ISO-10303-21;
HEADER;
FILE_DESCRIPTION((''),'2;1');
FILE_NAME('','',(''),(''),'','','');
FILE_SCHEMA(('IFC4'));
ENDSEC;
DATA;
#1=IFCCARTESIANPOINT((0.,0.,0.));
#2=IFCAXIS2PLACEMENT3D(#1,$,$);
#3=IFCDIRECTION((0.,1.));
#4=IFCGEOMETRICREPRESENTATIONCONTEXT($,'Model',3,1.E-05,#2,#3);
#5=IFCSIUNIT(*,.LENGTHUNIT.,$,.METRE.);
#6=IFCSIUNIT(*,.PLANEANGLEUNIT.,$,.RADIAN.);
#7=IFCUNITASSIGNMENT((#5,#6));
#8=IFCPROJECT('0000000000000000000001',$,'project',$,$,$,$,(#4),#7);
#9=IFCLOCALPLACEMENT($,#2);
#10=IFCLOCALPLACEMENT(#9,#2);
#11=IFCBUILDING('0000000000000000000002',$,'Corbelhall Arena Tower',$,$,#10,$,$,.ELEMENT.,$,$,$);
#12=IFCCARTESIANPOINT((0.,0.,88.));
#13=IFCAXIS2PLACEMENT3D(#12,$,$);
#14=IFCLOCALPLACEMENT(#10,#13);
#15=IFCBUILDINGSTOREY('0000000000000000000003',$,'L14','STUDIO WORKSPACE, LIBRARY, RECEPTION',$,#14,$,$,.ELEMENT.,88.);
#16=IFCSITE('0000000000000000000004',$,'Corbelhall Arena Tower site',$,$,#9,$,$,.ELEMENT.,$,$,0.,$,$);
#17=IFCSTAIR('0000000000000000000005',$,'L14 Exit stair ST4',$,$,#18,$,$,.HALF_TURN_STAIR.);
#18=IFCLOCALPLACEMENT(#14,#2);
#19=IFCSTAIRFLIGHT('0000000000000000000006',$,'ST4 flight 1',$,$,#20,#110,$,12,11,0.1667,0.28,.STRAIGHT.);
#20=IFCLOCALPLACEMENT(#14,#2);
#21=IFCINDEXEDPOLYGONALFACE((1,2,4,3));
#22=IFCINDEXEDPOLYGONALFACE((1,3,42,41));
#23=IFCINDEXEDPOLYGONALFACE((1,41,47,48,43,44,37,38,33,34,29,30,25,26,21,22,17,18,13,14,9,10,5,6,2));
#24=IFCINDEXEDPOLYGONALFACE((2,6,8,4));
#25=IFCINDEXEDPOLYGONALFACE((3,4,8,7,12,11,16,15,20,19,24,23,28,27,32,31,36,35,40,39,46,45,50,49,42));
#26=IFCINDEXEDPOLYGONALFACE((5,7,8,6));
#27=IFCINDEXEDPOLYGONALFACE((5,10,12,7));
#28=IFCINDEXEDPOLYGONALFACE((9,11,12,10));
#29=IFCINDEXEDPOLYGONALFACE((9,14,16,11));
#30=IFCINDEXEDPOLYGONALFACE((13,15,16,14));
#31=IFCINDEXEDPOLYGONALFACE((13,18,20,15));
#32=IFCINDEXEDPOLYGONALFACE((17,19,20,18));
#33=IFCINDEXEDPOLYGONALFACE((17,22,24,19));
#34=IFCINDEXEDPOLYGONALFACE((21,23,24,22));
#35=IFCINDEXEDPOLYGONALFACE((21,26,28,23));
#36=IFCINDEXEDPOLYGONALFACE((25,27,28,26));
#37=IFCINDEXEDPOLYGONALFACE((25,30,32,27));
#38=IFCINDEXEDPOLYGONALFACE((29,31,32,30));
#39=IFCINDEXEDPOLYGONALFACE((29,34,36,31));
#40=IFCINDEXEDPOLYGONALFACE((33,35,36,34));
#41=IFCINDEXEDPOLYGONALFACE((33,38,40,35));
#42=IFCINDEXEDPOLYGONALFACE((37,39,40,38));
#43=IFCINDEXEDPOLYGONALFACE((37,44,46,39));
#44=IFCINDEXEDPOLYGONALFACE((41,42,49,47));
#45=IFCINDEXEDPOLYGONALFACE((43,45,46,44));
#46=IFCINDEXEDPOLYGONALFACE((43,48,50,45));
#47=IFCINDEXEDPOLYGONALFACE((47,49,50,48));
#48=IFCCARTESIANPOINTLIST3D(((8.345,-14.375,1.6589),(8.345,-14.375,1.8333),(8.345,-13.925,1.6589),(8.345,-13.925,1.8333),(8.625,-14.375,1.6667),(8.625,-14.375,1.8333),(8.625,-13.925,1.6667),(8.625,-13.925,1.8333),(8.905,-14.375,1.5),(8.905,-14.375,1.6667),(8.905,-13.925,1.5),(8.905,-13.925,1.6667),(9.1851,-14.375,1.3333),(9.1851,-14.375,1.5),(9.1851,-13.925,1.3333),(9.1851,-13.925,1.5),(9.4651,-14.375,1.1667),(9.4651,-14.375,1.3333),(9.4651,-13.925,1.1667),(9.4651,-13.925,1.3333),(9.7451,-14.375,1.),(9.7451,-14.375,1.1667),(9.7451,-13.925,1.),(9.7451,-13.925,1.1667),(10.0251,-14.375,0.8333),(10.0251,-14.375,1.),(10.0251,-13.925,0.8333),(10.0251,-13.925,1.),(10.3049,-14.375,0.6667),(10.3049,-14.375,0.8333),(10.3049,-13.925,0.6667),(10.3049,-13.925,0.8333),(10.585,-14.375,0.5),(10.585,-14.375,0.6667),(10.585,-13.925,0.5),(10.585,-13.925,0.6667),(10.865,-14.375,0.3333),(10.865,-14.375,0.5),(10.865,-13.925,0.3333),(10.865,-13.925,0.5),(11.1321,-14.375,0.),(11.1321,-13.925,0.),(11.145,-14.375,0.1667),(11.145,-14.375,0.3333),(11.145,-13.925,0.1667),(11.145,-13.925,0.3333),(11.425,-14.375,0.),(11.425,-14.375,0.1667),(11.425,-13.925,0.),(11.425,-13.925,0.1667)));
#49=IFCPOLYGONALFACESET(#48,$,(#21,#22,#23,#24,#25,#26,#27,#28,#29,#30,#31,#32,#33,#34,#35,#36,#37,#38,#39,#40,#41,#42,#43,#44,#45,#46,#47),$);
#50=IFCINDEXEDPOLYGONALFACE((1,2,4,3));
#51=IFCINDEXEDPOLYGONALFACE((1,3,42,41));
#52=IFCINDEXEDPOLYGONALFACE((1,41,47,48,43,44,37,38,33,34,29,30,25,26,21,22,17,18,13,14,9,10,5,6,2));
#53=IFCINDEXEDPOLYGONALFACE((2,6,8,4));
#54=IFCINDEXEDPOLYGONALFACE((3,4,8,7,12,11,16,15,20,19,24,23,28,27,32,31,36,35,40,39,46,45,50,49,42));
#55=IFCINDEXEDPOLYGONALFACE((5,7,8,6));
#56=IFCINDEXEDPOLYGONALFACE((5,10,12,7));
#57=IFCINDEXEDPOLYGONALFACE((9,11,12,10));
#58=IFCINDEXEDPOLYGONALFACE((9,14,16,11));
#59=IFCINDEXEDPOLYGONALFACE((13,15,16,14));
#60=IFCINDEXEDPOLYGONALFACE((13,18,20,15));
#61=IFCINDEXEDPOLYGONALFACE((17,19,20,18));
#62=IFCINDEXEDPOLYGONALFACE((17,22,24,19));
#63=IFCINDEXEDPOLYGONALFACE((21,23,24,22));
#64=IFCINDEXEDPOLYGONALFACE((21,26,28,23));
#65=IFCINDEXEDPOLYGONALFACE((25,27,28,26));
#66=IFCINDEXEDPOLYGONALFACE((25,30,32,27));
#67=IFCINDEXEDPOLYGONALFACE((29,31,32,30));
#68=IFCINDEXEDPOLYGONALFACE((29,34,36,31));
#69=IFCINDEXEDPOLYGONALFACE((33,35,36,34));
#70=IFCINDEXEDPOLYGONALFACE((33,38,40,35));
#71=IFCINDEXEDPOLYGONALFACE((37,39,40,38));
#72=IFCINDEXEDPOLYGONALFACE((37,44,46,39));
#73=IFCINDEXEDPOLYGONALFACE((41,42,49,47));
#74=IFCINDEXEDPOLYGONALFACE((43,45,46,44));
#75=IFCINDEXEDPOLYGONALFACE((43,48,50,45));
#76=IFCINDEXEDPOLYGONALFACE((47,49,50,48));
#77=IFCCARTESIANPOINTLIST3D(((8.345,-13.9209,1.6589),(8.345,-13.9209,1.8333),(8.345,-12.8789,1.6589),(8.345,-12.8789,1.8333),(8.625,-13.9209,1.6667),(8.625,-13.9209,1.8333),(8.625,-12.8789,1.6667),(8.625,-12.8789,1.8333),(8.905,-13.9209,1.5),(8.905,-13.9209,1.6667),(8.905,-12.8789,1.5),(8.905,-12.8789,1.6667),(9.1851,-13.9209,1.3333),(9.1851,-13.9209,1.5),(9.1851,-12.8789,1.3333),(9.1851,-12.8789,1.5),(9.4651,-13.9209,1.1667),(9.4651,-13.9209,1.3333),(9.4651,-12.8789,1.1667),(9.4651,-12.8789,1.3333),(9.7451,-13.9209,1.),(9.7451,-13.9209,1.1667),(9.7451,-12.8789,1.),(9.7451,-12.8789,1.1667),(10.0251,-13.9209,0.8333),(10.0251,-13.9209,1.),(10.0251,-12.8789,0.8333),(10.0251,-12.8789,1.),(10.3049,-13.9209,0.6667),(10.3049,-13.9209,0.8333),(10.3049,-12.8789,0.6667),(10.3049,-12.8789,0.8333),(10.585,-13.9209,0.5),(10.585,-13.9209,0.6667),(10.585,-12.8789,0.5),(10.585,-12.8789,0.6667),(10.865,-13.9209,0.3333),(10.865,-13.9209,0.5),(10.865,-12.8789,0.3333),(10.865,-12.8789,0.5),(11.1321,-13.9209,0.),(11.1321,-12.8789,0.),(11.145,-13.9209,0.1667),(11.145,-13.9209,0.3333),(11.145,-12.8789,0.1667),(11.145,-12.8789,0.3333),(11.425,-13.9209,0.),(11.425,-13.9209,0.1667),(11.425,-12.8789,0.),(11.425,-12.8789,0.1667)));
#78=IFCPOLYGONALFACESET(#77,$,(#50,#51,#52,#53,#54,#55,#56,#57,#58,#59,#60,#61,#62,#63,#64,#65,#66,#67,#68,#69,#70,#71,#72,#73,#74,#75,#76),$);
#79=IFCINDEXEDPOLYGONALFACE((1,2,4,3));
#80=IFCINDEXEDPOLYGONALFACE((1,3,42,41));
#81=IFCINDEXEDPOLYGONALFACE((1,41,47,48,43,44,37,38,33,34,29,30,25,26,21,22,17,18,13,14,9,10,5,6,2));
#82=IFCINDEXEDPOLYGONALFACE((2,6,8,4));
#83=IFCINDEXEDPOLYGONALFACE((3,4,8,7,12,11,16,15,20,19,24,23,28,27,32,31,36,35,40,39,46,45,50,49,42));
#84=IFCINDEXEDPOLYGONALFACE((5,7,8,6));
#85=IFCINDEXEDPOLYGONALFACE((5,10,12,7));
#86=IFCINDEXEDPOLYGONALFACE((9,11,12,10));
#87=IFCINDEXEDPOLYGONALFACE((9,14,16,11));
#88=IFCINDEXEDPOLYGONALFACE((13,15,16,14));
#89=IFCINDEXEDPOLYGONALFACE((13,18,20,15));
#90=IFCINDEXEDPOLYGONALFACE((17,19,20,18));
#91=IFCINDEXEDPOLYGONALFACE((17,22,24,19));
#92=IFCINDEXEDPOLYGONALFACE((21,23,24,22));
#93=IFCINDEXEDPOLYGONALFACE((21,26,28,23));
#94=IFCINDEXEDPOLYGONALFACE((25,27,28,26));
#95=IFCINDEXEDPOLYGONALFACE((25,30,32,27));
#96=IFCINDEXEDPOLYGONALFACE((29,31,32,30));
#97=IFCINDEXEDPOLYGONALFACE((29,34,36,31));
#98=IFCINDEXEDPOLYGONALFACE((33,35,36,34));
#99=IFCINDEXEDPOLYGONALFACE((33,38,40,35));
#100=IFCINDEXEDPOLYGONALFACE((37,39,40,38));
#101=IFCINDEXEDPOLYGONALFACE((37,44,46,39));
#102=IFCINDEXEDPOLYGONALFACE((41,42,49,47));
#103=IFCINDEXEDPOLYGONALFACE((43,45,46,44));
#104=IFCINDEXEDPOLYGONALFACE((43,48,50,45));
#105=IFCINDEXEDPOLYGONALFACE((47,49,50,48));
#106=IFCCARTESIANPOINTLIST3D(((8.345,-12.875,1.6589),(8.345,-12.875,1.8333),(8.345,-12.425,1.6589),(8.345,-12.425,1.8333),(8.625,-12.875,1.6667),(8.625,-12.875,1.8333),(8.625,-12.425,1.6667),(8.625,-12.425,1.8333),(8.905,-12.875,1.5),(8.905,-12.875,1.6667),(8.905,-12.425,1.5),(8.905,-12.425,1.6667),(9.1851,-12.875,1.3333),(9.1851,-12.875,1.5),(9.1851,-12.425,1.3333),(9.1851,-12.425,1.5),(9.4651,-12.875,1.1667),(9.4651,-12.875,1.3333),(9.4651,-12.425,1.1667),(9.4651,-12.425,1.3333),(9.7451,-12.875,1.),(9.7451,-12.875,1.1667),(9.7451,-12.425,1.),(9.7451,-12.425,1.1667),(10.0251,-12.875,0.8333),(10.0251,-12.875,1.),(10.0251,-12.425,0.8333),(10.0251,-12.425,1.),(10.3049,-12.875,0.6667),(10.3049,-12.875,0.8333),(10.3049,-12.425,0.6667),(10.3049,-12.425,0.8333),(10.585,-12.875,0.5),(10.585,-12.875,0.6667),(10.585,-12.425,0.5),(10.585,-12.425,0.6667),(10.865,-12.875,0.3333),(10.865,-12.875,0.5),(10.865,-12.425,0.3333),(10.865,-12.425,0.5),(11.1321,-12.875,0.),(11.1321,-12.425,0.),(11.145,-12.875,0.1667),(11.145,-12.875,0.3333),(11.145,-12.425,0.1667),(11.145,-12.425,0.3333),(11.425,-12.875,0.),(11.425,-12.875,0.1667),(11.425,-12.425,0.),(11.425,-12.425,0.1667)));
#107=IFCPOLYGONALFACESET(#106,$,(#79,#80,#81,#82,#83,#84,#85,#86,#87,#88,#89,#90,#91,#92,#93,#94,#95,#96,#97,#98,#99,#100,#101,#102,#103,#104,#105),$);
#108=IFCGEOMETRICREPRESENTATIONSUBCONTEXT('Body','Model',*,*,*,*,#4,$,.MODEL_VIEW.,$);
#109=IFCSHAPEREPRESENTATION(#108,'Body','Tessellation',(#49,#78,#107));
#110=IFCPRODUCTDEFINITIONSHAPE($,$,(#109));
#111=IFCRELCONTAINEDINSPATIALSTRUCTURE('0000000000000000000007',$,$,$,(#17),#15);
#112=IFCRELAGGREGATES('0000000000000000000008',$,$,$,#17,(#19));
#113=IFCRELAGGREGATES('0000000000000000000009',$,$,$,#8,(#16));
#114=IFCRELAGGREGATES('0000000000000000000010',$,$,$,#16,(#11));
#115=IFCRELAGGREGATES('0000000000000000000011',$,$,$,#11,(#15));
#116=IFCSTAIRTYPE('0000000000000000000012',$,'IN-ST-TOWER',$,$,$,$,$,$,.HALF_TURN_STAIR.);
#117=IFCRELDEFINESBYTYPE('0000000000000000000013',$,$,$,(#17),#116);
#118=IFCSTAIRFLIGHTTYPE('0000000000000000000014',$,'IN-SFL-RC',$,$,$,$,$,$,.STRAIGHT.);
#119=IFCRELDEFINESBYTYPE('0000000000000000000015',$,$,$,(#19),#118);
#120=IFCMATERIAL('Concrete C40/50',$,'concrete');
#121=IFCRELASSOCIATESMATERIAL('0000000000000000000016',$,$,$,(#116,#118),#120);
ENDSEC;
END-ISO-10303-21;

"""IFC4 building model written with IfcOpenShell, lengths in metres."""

from ifc_helpers import new_model, si_unit, direction, frame, origin, place, context, subcontext, project, spatial, polyline, outline, extrude, material, type_object, element, aggregate, save


model = new_model("IFC4")

# Units and contexts
model_context = context("Model", 3, precision=1e-05, world=origin(), true_north=direction((0.0, 1.0)))
body_context = subcontext(model_context, "Body", "Model", "MODEL_VIEW")
ifc_project = project(units=[si_unit("LENGTHUNIT", "METRE"), si_unit("PLANEANGLEUNIT", "RADIAN")], contexts=[model_context])

# Site, building, storey
site_placement = place(None, origin())
site = spatial("IfcSite", under=ifc_project, at=site_placement, Name="Corbelhall Arena Tower site", CompositionType="ELEMENT", RefElevation=0.0)
building_placement = place(site_placement, origin())
building = spatial("IfcBuilding", under=site, at=building_placement, Name="Corbelhall Arena Tower", CompositionType="ELEMENT")
storey_placement = place(building_placement, frame((0.0, 0.0, 88.0)))
storey = spatial("IfcBuildingStorey", under=building, at=storey_placement, Name="L14", Description="STUDIO WORKSPACE, LIBRARY, RECEPTION", CompositionType="ELEMENT", Elevation=88.0)

# Shared definitions
ifc_material_1 = material(Name="Concrete C40/50", Category="concrete")

# Stair, stair flight
stair_type = type_object("IfcStairType", Name="IN-ST-TOWER", PredefinedType="HALF_TURN_STAIR", material=ifc_material_1)
stair_placement = place(storey_placement, origin())
stair = element("IfcStair", 1, at=stair_placement, inside=storey, type_object=stair_type, Name="L14 Exit stair ST4", PredefinedType="HALF_TURN_STAIR")
stair_flight_type = type_object("IfcStairFlightType", Name="IN-SFL-RC", PredefinedType="STRAIGHT", material=ifc_material_1)
stair_flight_placement = place(storey_placement, frame((11.425, -13.3999, 0.0), z_axis=(0.0, 0.0, 1.0), x_axis=(-1.0, 0.0, 0.0)))
stair_flight = element("IfcStairFlight", 2, at=stair_flight_placement, type_object=stair_flight_type, Name="ST4 flight 1", NumberOfRisers=12, NumberOfTreads=11, PredefinedType="STRAIGHT", RiserHeight=0.1667, TreadLength=0.28, context=body_context, shape_type="SweptSolid", body=[
    extrude(outline(polyline([(0.0, 0.0), (0.0, 0.1667), (0.28, 0.1667), (0.28, 0.3333), (0.5601, 0.3333), (0.5601, 0.5), (0.8401, 0.5), (0.8401, 0.6667), (1.1201, 0.6667), (1.1201, 0.8333), (1.3999, 0.8333), (1.3999, 1.0), (1.6799, 1.0), (1.6799, 1.1667), (1.96, 1.1667), (1.96, 1.3333), (2.24, 1.3333), (2.24, 1.5), (2.52, 1.5), (2.52, 1.6667), (2.8, 1.6667), (2.8, 1.8333), (3.0801, 1.8333), (3.0801, 2.0), (3.0801, 1.6589), (0.293, 0.0), (0.0, 0.0)])), frame((0.0, 0.9751, 0.0), z_axis=(0.0, -1.0, 0.0), x_axis=(1.0, 0.0, 0.0)), (0.0, 0.0, 1.0), 0.45),
    extrude(outline(polyline([(0.0, 0.0), (0.0, 0.1667), (0.28, 0.1667), (0.28, 0.3333), (0.5601, 0.3333), (0.5601, 0.5), (0.8401, 0.5), (0.8401, 0.6667), (1.1201, 0.6667), (1.1201, 0.8333), (1.3999, 0.8333), (1.3999, 1.0), (1.6799, 1.0), (1.6799, 1.1667), (1.96, 1.1667), (1.96, 1.3333), (2.24, 1.3333), (2.24, 1.5), (2.52, 1.5), (2.52, 1.6667), (2.8, 1.6667), (2.8, 1.8333), (3.0801, 1.8333), (3.0801, 2.0), (3.0801, 1.6589), (0.293, 0.0), (0.0, 0.0)])), frame((0.0, 0.521, 0.0), z_axis=(0.0, -1.0, 0.0), x_axis=(1.0, 0.0, 0.0)), (0.0, 0.0, 1.0), 1.042),
    extrude(outline(polyline([(0.0, 0.0), (0.0, 0.1667), (0.28, 0.1667), (0.28, 0.3333), (0.5601, 0.3333), (0.5601, 0.5), (0.8401, 0.5), (0.8401, 0.6667), (1.1201, 0.6667), (1.1201, 0.8333), (1.3999, 0.8333), (1.3999, 1.0), (1.6799, 1.0), (1.6799, 1.1667), (1.96, 1.1667), (1.96, 1.3333), (2.24, 1.3333), (2.24, 1.5), (2.52, 1.5), (2.52, 1.6667), (2.8, 1.6667), (2.8, 1.8333), (3.0801, 1.8333), (3.0801, 2.0), (3.0801, 1.6589), (0.293, 0.0), (0.0, 0.0)])), frame((0.0, -0.5249, 0.0), z_axis=(0.0, -1.0, 0.0), x_axis=(1.0, 0.0, 0.0)), (0.0, 0.0, 1.0), 0.45),
])
aggregate(stair, [stair_flight])

save(model, "model.ifc")
